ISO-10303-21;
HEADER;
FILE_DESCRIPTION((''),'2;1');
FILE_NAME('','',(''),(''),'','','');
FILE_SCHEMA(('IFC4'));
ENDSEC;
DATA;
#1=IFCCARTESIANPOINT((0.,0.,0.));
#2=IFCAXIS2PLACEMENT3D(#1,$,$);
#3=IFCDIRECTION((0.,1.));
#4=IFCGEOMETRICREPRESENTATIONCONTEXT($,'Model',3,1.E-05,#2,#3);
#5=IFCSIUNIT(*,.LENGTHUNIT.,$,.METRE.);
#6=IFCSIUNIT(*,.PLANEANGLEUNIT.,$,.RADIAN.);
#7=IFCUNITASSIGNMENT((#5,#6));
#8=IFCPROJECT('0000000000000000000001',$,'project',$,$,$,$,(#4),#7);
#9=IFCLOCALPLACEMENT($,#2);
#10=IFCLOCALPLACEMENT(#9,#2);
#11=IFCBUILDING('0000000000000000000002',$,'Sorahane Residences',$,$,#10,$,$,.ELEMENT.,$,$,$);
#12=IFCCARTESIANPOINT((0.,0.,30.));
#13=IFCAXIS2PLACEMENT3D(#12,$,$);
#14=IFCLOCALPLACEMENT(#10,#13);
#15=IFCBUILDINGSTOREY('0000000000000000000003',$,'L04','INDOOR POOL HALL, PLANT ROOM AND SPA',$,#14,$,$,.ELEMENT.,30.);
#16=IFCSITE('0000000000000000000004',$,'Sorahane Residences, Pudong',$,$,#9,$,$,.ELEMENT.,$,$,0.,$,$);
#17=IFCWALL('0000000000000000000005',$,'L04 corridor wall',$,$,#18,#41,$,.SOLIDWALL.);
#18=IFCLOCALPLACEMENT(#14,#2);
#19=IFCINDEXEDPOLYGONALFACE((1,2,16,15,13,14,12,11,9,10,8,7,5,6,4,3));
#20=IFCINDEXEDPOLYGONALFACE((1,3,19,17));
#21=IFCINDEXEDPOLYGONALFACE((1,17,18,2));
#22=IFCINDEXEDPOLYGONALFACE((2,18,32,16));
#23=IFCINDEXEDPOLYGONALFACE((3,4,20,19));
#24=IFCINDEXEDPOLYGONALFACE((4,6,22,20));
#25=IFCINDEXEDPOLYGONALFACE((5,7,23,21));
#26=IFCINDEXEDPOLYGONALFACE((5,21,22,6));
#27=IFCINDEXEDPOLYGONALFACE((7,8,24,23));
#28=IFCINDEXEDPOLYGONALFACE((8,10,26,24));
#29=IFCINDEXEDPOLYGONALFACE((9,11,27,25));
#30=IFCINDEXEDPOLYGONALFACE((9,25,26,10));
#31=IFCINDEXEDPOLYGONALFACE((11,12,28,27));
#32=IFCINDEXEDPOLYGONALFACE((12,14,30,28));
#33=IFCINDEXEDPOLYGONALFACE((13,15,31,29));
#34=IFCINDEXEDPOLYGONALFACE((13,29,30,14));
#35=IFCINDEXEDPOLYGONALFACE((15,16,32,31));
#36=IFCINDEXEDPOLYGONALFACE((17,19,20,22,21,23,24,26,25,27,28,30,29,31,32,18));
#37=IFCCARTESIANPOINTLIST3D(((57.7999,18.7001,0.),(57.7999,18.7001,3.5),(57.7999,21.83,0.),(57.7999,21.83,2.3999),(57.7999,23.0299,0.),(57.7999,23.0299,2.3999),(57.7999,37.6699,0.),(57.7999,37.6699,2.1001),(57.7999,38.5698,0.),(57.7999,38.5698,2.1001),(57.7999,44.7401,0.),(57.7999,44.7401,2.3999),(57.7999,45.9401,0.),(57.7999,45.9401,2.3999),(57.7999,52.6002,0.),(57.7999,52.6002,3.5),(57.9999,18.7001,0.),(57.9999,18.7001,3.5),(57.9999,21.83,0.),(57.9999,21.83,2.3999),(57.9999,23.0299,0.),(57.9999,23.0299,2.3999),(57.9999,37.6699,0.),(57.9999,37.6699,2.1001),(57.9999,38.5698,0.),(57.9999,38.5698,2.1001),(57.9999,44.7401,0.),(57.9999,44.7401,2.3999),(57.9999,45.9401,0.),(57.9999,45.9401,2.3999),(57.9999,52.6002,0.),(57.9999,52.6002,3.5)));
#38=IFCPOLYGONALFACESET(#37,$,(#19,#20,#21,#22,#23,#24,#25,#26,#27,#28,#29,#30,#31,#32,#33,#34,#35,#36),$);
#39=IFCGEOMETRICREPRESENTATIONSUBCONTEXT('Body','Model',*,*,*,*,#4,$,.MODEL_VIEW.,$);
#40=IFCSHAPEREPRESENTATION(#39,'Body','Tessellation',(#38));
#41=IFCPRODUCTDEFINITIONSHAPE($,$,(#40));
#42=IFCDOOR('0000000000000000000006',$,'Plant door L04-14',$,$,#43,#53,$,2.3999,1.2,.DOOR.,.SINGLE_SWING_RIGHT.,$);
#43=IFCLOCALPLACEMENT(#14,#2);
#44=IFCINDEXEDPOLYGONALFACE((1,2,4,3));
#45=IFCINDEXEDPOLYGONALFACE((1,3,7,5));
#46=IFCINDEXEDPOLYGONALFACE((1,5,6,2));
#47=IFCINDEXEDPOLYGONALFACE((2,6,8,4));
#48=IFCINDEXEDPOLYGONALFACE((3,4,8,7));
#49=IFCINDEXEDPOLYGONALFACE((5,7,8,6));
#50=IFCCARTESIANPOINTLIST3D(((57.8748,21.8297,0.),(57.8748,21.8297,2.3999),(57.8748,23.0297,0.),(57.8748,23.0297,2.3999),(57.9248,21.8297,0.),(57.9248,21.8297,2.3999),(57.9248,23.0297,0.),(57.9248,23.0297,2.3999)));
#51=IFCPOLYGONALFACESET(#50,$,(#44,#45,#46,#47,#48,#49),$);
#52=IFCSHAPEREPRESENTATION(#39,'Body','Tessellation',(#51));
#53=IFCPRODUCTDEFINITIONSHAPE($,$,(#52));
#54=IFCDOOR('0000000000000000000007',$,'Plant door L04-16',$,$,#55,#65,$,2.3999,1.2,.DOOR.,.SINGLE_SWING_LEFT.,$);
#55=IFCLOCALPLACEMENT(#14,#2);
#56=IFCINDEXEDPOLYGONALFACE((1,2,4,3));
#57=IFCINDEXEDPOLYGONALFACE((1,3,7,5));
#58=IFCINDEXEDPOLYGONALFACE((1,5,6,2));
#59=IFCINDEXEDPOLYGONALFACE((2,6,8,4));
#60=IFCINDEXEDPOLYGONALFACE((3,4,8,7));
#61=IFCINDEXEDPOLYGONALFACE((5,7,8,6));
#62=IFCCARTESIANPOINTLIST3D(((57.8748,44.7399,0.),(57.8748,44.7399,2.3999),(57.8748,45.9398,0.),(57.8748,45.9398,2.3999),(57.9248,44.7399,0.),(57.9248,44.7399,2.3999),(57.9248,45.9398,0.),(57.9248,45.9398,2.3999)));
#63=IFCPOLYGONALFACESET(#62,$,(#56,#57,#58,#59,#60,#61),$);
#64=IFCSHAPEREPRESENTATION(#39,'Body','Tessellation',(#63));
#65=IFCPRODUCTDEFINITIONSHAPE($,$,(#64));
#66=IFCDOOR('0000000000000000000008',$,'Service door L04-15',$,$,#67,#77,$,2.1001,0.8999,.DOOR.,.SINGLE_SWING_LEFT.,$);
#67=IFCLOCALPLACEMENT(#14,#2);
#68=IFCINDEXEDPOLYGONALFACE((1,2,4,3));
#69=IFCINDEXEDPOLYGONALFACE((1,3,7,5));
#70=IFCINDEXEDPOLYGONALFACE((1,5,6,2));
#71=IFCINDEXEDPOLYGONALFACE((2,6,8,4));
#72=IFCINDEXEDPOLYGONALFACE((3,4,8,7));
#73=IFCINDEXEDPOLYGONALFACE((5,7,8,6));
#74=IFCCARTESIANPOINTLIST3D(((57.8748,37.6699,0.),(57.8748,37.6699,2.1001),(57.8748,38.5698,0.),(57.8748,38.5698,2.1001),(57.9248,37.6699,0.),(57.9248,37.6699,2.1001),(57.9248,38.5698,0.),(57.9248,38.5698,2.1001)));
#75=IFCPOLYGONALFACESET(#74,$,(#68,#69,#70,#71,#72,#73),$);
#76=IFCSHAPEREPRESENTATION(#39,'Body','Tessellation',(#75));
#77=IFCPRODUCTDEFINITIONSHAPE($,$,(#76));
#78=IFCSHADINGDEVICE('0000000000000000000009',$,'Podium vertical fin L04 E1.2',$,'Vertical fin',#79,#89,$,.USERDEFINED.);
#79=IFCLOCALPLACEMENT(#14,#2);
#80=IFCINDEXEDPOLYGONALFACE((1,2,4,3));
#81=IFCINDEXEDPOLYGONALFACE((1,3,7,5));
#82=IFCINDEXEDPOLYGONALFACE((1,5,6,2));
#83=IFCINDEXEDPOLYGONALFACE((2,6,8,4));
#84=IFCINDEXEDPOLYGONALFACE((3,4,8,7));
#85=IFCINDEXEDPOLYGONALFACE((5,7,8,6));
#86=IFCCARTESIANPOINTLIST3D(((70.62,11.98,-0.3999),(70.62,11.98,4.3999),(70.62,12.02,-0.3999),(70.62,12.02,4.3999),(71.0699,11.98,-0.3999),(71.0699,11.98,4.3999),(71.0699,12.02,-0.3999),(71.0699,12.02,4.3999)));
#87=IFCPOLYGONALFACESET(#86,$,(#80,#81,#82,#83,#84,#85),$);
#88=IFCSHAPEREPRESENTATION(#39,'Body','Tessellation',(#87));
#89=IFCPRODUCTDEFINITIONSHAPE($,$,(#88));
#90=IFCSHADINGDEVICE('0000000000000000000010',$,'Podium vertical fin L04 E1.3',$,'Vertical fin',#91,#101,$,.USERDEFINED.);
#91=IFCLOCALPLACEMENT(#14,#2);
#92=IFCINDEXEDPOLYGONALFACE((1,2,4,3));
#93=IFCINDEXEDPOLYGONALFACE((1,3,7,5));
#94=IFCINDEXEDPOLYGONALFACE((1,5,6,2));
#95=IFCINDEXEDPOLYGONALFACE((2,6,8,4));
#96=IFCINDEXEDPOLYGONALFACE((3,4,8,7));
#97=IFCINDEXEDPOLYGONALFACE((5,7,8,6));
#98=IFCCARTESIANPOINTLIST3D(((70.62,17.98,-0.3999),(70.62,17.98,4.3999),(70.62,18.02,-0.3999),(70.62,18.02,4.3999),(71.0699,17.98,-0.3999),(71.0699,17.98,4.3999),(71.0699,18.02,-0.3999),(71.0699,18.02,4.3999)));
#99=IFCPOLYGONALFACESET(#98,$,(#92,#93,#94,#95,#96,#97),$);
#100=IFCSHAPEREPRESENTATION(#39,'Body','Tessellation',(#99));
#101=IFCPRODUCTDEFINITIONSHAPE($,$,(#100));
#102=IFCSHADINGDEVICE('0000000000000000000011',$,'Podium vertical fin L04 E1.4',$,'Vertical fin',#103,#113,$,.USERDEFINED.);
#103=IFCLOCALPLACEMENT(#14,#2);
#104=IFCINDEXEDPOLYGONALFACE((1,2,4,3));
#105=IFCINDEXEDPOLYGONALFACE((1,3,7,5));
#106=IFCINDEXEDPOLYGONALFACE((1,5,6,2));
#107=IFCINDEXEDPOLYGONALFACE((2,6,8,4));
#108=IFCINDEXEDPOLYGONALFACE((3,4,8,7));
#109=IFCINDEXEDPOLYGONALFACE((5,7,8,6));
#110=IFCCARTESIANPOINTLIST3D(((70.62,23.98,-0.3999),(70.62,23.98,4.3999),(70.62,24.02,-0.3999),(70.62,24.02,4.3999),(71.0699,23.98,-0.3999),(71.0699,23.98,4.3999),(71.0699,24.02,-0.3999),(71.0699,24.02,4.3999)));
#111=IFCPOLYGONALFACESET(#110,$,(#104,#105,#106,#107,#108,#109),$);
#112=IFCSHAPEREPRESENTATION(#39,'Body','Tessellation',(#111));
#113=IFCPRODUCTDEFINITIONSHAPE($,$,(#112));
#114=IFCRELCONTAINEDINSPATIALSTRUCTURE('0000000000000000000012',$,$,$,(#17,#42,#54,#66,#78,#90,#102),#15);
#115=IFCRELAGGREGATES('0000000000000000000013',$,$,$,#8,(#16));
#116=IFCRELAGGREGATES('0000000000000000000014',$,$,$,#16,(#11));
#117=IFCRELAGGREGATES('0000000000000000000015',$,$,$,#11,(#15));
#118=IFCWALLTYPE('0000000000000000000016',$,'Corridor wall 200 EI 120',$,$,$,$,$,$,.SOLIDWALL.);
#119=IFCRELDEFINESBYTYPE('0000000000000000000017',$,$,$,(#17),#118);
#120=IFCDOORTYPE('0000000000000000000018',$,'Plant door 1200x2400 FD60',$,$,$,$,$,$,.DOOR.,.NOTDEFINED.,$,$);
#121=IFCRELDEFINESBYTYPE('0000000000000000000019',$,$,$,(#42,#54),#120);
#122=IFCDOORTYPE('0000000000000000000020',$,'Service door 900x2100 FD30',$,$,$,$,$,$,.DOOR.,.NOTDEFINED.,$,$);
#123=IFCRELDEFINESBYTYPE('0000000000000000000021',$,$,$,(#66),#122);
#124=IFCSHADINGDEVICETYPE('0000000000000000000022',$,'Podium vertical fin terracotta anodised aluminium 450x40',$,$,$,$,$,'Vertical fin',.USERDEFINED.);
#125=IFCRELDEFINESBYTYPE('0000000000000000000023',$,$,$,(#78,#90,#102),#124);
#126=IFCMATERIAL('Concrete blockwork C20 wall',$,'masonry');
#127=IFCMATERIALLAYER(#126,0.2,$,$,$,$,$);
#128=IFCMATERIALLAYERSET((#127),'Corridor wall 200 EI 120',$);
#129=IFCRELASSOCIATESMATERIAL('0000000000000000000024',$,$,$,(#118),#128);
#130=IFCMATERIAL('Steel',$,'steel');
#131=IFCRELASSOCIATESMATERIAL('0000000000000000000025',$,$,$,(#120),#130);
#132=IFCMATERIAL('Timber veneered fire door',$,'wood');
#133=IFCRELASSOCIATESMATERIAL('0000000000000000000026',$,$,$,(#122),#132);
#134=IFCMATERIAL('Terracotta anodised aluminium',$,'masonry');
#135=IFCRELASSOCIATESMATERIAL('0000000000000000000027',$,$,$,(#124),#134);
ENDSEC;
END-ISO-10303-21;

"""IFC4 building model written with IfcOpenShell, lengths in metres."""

from ifc_helpers import new_model, si_unit, direction, frame, frame_2d, origin, origin_2d, place, context, subcontext, project, spatial, rectangle, extrude, material, layer, layer_set, material_profile, profile_set, type_object, element, fill, save


model = new_model("IFC4")

# Units and contexts
model_context = context("Model", 3, precision=1e-05, world=origin(), true_north=direction((0.0, 1.0)))
body_context = subcontext(model_context, "Body", "Model", "MODEL_VIEW")
ifc_project = project(units=[si_unit("LENGTHUNIT", "METRE"), si_unit("PLANEANGLEUNIT", "RADIAN")], contexts=[model_context])

# Site, building, storey
site_placement = place(None, origin())
site = spatial("IfcSite", under=ifc_project, at=site_placement, Name="Sorahane Residences, Pudong", CompositionType="ELEMENT", RefElevation=0.0)
building_placement = place(site_placement, origin())
building = spatial("IfcBuilding", under=site, at=building_placement, Name="Sorahane Residences", CompositionType="ELEMENT")
storey_placement = place(building_placement, frame((0.0, 0.0, 30.0)))
storey = spatial("IfcBuildingStorey", under=building, at=storey_placement, Name="L04", Description="INDOOR POOL HALL, PLANT ROOM AND SPA", CompositionType="ELEMENT", Elevation=30.0)

# Shared definitions
ifc_material_1 = material(Name="Concrete blockwork C20 wall", Category="masonry")
ifc_layer_1 = layer(ifc_material_1, 0.2)
ifc_layer_set_1 = layer_set([ifc_layer_1], Name="Corridor wall 200 EI 120")
wall_type = type_object("IfcWallType", Name="Corridor wall 200 EI 120", PredefinedType="SOLIDWALL", material=ifc_layer_set_1)

# Wall, openings, doors
wall_1_placement = place(storey_placement, frame((57.8999, 18.7, 0.0), z_axis=(0.0, 0.0, 1.0), x_axis=(0.0, 1.0, 0.0)))
wall_1 = element("IfcWall", 1, at=wall_1_placement, inside=storey, type_object=wall_type, Name="L04 corridor wall", PredefinedType="SOLIDWALL", context=body_context, shape_type="SweptSolid", body=[
    extrude(rectangle(XDim=33.9001, YDim=0.2, at=frame_2d((16.9502, 0.0))), origin(), (0.0, 0.0, 1.0), 3.5),
])
opening_1_placement = place(wall_1_placement, frame((3.1299, 0.0, 0.0)))
opening_1 = element("IfcOpeningElement", 2, at=opening_1_placement, cuts=wall_1, PredefinedType="OPENING", context=body_context, shape_type="SweptSolid", body=[
    extrude(rectangle(XDim=1.2, YDim=2.3999, at=frame_2d((0.6001, 1.2))), frame((0.0, 0.1099, 0.0), z_axis=(0.0, -1.0, 0.0), x_axis=(1.0, 0.0, 0.0)), (0.0, 0.0, 1.0), 0.22),
])
opening_2_placement = place(wall_1_placement, frame((18.97, 0.0, 0.0)))
opening_2 = element("IfcOpeningElement", 3, at=opening_2_placement, cuts=wall_1, PredefinedType="OPENING", context=body_context, shape_type="SweptSolid", body=[
    extrude(rectangle(XDim=0.8999, YDim=2.1001, at=frame_2d((0.45, 1.05))), frame((0.0, 0.1099, 0.0), z_axis=(0.0, -1.0, 0.0), x_axis=(1.0, 0.0, 0.0)), (0.0, 0.0, 1.0), 0.22),
])
opening_3_placement = place(wall_1_placement, frame((26.04, 0.0, 0.0)))
opening_3 = element("IfcOpeningElement", 4, at=opening_3_placement, cuts=wall_1, PredefinedType="OPENING", context=body_context, shape_type="SweptSolid", body=[
    extrude(rectangle(XDim=1.2, YDim=2.3999, at=frame_2d((0.6001, 1.2))), frame((0.0, 0.1099, 0.0), z_axis=(0.0, -1.0, 0.0), x_axis=(1.0, 0.0, 0.0)), (0.0, 0.0, 1.0), 0.22),
])
ifc_material_2 = material(Name="Steel", Category="steel")
door_type_1 = type_object("IfcDoorType", Name="Plant door 1200x2400 FD60", OperationType="NOTDEFINED", PredefinedType="DOOR", material=ifc_material_2)
door_1_placement = place(opening_1_placement, frame((1.2, 0.0, 0.0), z_axis=(0.0, 0.0, 1.0), x_axis=(-1.0, 0.0, 0.0)))
door_1 = element("IfcDoor", 5, at=door_1_placement, inside=storey, type_object=door_type_1, Name="Plant door L04-14", OperationType="SINGLE_SWING_RIGHT", OverallHeight=2.3999, OverallWidth=1.2, PredefinedType="DOOR", context=body_context, shape_type="SweptSolid", body=[
    extrude(rectangle(XDim=1.2, YDim=2.3999, at=frame_2d((0.6001, 1.2))), frame((0.0, 0.0249, 0.0), z_axis=(0.0, -1.0, 0.0), x_axis=(1.0, 0.0, 0.0)), (0.0, 0.0, 1.0), 0.05),
])
fill(opening_1, door_1)
door_2_placement = place(opening_3_placement, frame((1.2, 0.0, 0.0), z_axis=(0.0, 0.0, 1.0), x_axis=(-1.0, 0.0, 0.0)))
door_2 = element("IfcDoor", 6, at=door_2_placement, inside=storey, type_object=door_type_1, Name="Plant door L04-16", OperationType="SINGLE_SWING_LEFT", OverallHeight=2.3999, OverallWidth=1.2, PredefinedType="DOOR", context=body_context, shape_type="SweptSolid", body=[
    extrude(rectangle(XDim=1.2, YDim=2.3999, at=frame_2d((0.6001, 1.2))), frame((0.0, 0.0249, 0.0), z_axis=(0.0, -1.0, 0.0), x_axis=(1.0, 0.0, 0.0)), (0.0, 0.0, 1.0), 0.05),
])
fill(opening_3, door_2)
ifc_material_3 = material(Name="Timber veneered fire door", Category="wood")
door_type_2 = type_object("IfcDoorType", Name="Service door 900x2100 FD30", OperationType="NOTDEFINED", PredefinedType="DOOR", material=ifc_material_3)
door_3_placement = place(opening_2_placement, frame((0.8999, 0.0, 0.0), z_axis=(0.0, 0.0, 1.0), x_axis=(-1.0, 0.0, 0.0)))
door_3 = element("IfcDoor", 7, at=door_3_placement, inside=storey, type_object=door_type_2, Name="Service door L04-15", OperationType="SINGLE_SWING_LEFT", OverallHeight=2.1001, OverallWidth=0.8999, PredefinedType="DOOR", context=body_context, shape_type="SweptSolid", body=[
    extrude(rectangle(XDim=0.8999, YDim=2.1001, at=frame_2d((0.45, 1.05))), frame((0.0, 0.0249, 0.0), z_axis=(0.0, -1.0, 0.0), x_axis=(1.0, 0.0, 0.0)), (0.0, 0.0, 1.0), 0.05),
])
fill(opening_2, door_3)

# Shading devices
ifc_material_4 = material(Name="Terracotta anodised aluminium", Category="masonry")
ifc_material_profile_1 = material_profile(ifc_material_4, rectangle(XDim=0.45, YDim=0.04, at=origin_2d()), Name="Podium vertical fin terracotta anodised aluminium 450x40")
ifc_profile_set_1 = profile_set([ifc_material_profile_1], Name="Terracotta anodised aluminium")
shading_device_type = type_object("IfcShadingDeviceType", Name="Podium vertical fin terracotta anodised aluminium 450x40", ElementType="Vertical fin", PredefinedType="USERDEFINED", material=ifc_profile_set_1)
for number, where, z_axis, x_axis, name in (
    (8, (70.845, 12.0, -0.3999), (0.0, 0.0, 1.0), (1.0, 0.0, 0.0), "Podium vertical fin L04 E1.2"),
    (9, (70.845, 18.0, -0.3999), (0.0, 0.0, 1.0), (1.0, 0.0, 0.0), "Podium vertical fin L04 E1.3"),
    (10, (70.845, 24.0, -0.3999), (0.0, 0.0, 1.0), (1.0, 0.0, 0.0), "Podium vertical fin L04 E1.4"),
):
    element("IfcShadingDevice", number, at=place(storey_placement, frame(where, z_axis=z_axis, x_axis=x_axis)), inside=storey, type_object=shading_device_type, Name=name, ObjectType="Vertical fin", PredefinedType="USERDEFINED", context=body_context, shape_type="SweptSolid", body=[
        extrude(rectangle(XDim=0.45, YDim=0.04, at=origin_2d()), origin(), (0.0, 0.0, 1.0), 4.7998),
    ])

save(model, "model.ifc")
